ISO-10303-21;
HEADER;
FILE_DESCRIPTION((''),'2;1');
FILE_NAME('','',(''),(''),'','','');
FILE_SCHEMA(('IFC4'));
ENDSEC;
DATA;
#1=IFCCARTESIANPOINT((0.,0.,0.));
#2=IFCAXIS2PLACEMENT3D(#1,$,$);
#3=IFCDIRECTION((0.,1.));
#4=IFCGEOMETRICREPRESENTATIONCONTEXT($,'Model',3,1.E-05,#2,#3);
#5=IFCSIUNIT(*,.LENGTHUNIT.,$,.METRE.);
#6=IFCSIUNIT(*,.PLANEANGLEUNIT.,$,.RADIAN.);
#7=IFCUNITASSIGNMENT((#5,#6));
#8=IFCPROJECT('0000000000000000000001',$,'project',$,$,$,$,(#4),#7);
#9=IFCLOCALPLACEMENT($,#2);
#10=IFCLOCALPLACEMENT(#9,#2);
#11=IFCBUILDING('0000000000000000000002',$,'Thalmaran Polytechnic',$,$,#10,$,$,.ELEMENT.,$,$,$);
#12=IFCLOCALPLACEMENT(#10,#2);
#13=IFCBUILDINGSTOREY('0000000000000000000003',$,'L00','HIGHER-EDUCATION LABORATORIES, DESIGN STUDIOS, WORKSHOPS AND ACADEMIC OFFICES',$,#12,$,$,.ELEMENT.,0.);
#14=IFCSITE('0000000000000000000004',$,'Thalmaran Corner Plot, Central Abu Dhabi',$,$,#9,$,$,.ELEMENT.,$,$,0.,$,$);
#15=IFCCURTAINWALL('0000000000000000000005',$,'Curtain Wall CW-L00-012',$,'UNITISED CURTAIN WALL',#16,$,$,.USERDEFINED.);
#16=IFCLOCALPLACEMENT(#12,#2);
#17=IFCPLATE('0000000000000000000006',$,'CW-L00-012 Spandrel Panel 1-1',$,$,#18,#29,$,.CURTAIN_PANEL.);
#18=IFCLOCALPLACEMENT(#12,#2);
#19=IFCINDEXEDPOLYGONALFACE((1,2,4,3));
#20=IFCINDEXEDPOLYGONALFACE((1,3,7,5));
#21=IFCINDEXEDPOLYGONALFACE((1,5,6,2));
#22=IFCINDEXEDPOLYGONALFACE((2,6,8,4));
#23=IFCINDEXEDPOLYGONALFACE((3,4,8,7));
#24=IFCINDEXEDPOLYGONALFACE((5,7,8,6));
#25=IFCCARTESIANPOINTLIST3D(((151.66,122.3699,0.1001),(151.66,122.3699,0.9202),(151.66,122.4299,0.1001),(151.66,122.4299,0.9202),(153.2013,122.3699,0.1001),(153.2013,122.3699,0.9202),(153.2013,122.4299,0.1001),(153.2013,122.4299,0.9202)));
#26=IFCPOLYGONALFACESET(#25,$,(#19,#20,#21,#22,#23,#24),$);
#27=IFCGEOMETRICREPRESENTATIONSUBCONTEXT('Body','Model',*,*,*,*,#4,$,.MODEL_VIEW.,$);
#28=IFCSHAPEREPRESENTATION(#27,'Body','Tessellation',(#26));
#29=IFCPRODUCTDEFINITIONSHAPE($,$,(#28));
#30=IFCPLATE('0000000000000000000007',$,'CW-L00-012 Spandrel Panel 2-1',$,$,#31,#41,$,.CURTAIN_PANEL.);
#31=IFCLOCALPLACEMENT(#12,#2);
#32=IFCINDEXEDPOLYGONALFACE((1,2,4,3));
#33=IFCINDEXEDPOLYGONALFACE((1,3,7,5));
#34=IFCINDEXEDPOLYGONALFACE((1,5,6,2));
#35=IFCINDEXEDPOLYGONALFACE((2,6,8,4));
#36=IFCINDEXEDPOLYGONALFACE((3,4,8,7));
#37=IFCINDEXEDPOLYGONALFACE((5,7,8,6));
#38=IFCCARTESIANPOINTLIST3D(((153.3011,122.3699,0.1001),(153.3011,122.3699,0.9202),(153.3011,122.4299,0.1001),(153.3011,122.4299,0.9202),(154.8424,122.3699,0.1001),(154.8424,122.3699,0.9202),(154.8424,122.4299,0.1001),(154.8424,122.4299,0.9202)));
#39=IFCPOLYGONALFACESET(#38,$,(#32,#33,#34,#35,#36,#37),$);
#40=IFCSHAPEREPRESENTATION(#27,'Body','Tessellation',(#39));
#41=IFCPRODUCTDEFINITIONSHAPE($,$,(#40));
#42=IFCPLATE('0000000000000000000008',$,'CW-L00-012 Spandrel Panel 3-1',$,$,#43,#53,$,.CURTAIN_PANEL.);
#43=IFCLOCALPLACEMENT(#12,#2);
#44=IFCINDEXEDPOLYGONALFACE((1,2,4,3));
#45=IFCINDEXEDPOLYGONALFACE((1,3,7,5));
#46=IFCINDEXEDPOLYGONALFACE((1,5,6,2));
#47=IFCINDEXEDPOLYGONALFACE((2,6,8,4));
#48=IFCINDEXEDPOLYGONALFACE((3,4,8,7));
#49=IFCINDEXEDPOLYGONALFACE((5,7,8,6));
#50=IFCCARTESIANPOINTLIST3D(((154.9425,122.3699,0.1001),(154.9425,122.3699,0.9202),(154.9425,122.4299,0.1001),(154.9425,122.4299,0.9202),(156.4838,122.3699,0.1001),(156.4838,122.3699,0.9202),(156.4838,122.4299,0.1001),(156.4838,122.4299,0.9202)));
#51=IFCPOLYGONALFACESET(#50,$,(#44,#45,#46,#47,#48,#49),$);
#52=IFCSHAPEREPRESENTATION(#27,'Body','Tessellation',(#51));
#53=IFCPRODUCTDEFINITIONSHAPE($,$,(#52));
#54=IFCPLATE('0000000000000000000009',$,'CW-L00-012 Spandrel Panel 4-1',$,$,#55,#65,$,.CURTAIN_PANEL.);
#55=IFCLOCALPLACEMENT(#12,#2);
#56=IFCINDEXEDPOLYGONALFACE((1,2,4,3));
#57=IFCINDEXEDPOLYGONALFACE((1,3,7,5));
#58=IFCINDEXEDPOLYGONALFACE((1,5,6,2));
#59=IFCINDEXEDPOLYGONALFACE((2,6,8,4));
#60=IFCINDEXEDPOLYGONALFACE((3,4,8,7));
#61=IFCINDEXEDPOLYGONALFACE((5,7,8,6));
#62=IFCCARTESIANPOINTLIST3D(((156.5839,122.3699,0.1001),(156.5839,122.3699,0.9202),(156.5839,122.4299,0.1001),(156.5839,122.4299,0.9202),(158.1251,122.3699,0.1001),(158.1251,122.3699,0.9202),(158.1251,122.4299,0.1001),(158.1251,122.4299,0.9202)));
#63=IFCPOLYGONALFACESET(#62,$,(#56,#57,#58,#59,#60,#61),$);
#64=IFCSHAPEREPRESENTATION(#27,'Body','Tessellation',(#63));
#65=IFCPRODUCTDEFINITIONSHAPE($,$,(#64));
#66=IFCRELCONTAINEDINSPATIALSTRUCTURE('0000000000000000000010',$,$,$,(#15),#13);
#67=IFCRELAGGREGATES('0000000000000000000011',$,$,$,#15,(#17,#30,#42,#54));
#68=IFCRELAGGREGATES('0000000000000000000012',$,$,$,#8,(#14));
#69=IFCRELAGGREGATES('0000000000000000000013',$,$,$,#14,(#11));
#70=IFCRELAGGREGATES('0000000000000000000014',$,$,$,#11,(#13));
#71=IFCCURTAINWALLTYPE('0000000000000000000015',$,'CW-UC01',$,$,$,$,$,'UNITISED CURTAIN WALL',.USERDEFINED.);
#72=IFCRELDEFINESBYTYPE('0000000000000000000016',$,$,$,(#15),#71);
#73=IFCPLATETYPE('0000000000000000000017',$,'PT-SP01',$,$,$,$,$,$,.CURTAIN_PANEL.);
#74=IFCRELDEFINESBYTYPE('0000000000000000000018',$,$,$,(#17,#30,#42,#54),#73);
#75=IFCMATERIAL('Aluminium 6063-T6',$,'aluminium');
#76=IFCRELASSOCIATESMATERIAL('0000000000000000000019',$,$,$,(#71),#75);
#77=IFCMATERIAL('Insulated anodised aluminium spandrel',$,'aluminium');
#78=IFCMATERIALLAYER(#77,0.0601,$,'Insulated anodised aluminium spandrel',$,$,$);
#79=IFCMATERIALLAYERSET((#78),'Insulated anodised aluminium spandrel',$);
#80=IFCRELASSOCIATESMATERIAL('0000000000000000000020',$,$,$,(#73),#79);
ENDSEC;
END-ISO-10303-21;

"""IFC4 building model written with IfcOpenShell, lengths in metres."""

from ifc_helpers import new_model, si_unit, direction, frame, origin, origin_2d, place, context, subcontext, project, spatial, rectangle, extrude, material, layer, layer_set, type_object, element, aggregate, save


model = new_model("IFC4")

# Units and contexts
model_context = context("Model", 3, precision=1e-05, world=origin(), true_north=direction((0.0, 1.0)))
body_context = subcontext(model_context, "Body", "Model", "MODEL_VIEW")
ifc_project = project(units=[si_unit("LENGTHUNIT", "METRE"), si_unit("PLANEANGLEUNIT", "RADIAN")], contexts=[model_context])

# Site, building, storey
site_placement = place(None, origin())
site = spatial("IfcSite", under=ifc_project, at=site_placement, Name="Thalmaran Corner Plot, Central Abu Dhabi", CompositionType="ELEMENT", RefElevation=0.0)
building_placement = place(site_placement, origin())
building = spatial("IfcBuilding", under=site, at=building_placement, Name="Thalmaran Polytechnic", CompositionType="ELEMENT")
storey_placement = place(building_placement, origin())
storey = spatial("IfcBuildingStorey", under=building, at=storey_placement, Name="L00", Description="HIGHER-EDUCATION LABORATORIES, DESIGN STUDIOS, WORKSHOPS AND ACADEMIC OFFICES", CompositionType="ELEMENT", Elevation=0.0)

# Curtain wall
ifc_material_1 = material(Name="Aluminium 6063-T6", Category="aluminium")
curtain_wall_type = type_object("IfcCurtainWallType", Name="CW-UC01", ElementType="UNITISED CURTAIN WALL", PredefinedType="USERDEFINED", material=ifc_material_1)
curtain_wall_placement = place(storey_placement, origin())
curtain_wall = element("IfcCurtainWall", 1, at=curtain_wall_placement, inside=storey, type_object=curtain_wall_type, Name="Curtain Wall CW-L00-012", ObjectType="UNITISED CURTAIN WALL", PredefinedType="USERDEFINED")

# Plates
ifc_material_2 = material(Name="Insulated anodised aluminium spandrel", Category="aluminium")
ifc_layer_1 = layer(ifc_material_2, 0.0601, Name="Insulated anodised aluminium spandrel")
ifc_layer_set_1 = layer_set([ifc_layer_1], Name="Insulated anodised aluminium spandrel")
plate_type_1 = type_object("IfcPlateType", Name="PT-SP01", PredefinedType="CURTAIN_PANEL", material=ifc_layer_set_1)
plate_1_placement = place(storey_placement, frame((152.4307, 122.3999, 0.1001), z_axis=(0.0, 0.0, 1.0), x_axis=(1.0, 0.0, 0.0)))
plate_1 = element("IfcPlate", 2, at=plate_1_placement, type_object=plate_type_1, Name="CW-L00-012 Spandrel Panel 1-1", PredefinedType="CURTAIN_PANEL", context=body_context, shape_type="SweptSolid", body=[
    extrude(rectangle(XDim=1.5413, YDim=0.0601, at=origin_2d()), origin(), (0.0, 0.0, 1.0), 0.8201),
])
plate_2_placement = place(storey_placement, frame((154.0718, 122.3999, 0.1001), z_axis=(0.0, 0.0, 1.0), x_axis=(1.0, 0.0, 0.0)))
plate_2 = element("IfcPlate", 3, at=plate_2_placement, type_object=plate_type_1, Name="CW-L00-012 Spandrel Panel 2-1", PredefinedType="CURTAIN_PANEL", context=body_context, shape_type="SweptSolid", body=[
    extrude(rectangle(XDim=1.5413, YDim=0.0601, at=origin_2d()), origin(), (0.0, 0.0, 1.0), 0.8201),
])
plate_3_placement = place(storey_placement, frame((155.7131, 122.3999, 0.1001), z_axis=(0.0, 0.0, 1.0), x_axis=(1.0, 0.0, 0.0)))
plate_3 = element("IfcPlate", 4, at=plate_3_placement, type_object=plate_type_1, Name="CW-L00-012 Spandrel Panel 3-1", PredefinedType="CURTAIN_PANEL", context=body_context, shape_type="SweptSolid", body=[
    extrude(rectangle(XDim=1.5413, YDim=0.0601, at=origin_2d()), origin(), (0.0, 0.0, 1.0), 0.8201),
])
plate_4_placement = place(storey_placement, frame((157.3545, 122.3999, 0.1001), z_axis=(0.0, 0.0, 1.0), x_axis=(1.0, 0.0, 0.0)))
plate_4 = element("IfcPlate", 5, at=plate_4_placement, type_object=plate_type_1, Name="CW-L00-012 Spandrel Panel 4-1", PredefinedType="CURTAIN_PANEL", context=body_context, shape_type="SweptSolid", body=[
    extrude(rectangle(XDim=1.5413, YDim=0.0601, at=origin_2d()), origin(), (0.0, 0.0, 1.0), 0.8201),
])
aggregate(curtain_wall, [plate_1, plate_2, plate_3, plate_4])

save(model, "model.ifc")
